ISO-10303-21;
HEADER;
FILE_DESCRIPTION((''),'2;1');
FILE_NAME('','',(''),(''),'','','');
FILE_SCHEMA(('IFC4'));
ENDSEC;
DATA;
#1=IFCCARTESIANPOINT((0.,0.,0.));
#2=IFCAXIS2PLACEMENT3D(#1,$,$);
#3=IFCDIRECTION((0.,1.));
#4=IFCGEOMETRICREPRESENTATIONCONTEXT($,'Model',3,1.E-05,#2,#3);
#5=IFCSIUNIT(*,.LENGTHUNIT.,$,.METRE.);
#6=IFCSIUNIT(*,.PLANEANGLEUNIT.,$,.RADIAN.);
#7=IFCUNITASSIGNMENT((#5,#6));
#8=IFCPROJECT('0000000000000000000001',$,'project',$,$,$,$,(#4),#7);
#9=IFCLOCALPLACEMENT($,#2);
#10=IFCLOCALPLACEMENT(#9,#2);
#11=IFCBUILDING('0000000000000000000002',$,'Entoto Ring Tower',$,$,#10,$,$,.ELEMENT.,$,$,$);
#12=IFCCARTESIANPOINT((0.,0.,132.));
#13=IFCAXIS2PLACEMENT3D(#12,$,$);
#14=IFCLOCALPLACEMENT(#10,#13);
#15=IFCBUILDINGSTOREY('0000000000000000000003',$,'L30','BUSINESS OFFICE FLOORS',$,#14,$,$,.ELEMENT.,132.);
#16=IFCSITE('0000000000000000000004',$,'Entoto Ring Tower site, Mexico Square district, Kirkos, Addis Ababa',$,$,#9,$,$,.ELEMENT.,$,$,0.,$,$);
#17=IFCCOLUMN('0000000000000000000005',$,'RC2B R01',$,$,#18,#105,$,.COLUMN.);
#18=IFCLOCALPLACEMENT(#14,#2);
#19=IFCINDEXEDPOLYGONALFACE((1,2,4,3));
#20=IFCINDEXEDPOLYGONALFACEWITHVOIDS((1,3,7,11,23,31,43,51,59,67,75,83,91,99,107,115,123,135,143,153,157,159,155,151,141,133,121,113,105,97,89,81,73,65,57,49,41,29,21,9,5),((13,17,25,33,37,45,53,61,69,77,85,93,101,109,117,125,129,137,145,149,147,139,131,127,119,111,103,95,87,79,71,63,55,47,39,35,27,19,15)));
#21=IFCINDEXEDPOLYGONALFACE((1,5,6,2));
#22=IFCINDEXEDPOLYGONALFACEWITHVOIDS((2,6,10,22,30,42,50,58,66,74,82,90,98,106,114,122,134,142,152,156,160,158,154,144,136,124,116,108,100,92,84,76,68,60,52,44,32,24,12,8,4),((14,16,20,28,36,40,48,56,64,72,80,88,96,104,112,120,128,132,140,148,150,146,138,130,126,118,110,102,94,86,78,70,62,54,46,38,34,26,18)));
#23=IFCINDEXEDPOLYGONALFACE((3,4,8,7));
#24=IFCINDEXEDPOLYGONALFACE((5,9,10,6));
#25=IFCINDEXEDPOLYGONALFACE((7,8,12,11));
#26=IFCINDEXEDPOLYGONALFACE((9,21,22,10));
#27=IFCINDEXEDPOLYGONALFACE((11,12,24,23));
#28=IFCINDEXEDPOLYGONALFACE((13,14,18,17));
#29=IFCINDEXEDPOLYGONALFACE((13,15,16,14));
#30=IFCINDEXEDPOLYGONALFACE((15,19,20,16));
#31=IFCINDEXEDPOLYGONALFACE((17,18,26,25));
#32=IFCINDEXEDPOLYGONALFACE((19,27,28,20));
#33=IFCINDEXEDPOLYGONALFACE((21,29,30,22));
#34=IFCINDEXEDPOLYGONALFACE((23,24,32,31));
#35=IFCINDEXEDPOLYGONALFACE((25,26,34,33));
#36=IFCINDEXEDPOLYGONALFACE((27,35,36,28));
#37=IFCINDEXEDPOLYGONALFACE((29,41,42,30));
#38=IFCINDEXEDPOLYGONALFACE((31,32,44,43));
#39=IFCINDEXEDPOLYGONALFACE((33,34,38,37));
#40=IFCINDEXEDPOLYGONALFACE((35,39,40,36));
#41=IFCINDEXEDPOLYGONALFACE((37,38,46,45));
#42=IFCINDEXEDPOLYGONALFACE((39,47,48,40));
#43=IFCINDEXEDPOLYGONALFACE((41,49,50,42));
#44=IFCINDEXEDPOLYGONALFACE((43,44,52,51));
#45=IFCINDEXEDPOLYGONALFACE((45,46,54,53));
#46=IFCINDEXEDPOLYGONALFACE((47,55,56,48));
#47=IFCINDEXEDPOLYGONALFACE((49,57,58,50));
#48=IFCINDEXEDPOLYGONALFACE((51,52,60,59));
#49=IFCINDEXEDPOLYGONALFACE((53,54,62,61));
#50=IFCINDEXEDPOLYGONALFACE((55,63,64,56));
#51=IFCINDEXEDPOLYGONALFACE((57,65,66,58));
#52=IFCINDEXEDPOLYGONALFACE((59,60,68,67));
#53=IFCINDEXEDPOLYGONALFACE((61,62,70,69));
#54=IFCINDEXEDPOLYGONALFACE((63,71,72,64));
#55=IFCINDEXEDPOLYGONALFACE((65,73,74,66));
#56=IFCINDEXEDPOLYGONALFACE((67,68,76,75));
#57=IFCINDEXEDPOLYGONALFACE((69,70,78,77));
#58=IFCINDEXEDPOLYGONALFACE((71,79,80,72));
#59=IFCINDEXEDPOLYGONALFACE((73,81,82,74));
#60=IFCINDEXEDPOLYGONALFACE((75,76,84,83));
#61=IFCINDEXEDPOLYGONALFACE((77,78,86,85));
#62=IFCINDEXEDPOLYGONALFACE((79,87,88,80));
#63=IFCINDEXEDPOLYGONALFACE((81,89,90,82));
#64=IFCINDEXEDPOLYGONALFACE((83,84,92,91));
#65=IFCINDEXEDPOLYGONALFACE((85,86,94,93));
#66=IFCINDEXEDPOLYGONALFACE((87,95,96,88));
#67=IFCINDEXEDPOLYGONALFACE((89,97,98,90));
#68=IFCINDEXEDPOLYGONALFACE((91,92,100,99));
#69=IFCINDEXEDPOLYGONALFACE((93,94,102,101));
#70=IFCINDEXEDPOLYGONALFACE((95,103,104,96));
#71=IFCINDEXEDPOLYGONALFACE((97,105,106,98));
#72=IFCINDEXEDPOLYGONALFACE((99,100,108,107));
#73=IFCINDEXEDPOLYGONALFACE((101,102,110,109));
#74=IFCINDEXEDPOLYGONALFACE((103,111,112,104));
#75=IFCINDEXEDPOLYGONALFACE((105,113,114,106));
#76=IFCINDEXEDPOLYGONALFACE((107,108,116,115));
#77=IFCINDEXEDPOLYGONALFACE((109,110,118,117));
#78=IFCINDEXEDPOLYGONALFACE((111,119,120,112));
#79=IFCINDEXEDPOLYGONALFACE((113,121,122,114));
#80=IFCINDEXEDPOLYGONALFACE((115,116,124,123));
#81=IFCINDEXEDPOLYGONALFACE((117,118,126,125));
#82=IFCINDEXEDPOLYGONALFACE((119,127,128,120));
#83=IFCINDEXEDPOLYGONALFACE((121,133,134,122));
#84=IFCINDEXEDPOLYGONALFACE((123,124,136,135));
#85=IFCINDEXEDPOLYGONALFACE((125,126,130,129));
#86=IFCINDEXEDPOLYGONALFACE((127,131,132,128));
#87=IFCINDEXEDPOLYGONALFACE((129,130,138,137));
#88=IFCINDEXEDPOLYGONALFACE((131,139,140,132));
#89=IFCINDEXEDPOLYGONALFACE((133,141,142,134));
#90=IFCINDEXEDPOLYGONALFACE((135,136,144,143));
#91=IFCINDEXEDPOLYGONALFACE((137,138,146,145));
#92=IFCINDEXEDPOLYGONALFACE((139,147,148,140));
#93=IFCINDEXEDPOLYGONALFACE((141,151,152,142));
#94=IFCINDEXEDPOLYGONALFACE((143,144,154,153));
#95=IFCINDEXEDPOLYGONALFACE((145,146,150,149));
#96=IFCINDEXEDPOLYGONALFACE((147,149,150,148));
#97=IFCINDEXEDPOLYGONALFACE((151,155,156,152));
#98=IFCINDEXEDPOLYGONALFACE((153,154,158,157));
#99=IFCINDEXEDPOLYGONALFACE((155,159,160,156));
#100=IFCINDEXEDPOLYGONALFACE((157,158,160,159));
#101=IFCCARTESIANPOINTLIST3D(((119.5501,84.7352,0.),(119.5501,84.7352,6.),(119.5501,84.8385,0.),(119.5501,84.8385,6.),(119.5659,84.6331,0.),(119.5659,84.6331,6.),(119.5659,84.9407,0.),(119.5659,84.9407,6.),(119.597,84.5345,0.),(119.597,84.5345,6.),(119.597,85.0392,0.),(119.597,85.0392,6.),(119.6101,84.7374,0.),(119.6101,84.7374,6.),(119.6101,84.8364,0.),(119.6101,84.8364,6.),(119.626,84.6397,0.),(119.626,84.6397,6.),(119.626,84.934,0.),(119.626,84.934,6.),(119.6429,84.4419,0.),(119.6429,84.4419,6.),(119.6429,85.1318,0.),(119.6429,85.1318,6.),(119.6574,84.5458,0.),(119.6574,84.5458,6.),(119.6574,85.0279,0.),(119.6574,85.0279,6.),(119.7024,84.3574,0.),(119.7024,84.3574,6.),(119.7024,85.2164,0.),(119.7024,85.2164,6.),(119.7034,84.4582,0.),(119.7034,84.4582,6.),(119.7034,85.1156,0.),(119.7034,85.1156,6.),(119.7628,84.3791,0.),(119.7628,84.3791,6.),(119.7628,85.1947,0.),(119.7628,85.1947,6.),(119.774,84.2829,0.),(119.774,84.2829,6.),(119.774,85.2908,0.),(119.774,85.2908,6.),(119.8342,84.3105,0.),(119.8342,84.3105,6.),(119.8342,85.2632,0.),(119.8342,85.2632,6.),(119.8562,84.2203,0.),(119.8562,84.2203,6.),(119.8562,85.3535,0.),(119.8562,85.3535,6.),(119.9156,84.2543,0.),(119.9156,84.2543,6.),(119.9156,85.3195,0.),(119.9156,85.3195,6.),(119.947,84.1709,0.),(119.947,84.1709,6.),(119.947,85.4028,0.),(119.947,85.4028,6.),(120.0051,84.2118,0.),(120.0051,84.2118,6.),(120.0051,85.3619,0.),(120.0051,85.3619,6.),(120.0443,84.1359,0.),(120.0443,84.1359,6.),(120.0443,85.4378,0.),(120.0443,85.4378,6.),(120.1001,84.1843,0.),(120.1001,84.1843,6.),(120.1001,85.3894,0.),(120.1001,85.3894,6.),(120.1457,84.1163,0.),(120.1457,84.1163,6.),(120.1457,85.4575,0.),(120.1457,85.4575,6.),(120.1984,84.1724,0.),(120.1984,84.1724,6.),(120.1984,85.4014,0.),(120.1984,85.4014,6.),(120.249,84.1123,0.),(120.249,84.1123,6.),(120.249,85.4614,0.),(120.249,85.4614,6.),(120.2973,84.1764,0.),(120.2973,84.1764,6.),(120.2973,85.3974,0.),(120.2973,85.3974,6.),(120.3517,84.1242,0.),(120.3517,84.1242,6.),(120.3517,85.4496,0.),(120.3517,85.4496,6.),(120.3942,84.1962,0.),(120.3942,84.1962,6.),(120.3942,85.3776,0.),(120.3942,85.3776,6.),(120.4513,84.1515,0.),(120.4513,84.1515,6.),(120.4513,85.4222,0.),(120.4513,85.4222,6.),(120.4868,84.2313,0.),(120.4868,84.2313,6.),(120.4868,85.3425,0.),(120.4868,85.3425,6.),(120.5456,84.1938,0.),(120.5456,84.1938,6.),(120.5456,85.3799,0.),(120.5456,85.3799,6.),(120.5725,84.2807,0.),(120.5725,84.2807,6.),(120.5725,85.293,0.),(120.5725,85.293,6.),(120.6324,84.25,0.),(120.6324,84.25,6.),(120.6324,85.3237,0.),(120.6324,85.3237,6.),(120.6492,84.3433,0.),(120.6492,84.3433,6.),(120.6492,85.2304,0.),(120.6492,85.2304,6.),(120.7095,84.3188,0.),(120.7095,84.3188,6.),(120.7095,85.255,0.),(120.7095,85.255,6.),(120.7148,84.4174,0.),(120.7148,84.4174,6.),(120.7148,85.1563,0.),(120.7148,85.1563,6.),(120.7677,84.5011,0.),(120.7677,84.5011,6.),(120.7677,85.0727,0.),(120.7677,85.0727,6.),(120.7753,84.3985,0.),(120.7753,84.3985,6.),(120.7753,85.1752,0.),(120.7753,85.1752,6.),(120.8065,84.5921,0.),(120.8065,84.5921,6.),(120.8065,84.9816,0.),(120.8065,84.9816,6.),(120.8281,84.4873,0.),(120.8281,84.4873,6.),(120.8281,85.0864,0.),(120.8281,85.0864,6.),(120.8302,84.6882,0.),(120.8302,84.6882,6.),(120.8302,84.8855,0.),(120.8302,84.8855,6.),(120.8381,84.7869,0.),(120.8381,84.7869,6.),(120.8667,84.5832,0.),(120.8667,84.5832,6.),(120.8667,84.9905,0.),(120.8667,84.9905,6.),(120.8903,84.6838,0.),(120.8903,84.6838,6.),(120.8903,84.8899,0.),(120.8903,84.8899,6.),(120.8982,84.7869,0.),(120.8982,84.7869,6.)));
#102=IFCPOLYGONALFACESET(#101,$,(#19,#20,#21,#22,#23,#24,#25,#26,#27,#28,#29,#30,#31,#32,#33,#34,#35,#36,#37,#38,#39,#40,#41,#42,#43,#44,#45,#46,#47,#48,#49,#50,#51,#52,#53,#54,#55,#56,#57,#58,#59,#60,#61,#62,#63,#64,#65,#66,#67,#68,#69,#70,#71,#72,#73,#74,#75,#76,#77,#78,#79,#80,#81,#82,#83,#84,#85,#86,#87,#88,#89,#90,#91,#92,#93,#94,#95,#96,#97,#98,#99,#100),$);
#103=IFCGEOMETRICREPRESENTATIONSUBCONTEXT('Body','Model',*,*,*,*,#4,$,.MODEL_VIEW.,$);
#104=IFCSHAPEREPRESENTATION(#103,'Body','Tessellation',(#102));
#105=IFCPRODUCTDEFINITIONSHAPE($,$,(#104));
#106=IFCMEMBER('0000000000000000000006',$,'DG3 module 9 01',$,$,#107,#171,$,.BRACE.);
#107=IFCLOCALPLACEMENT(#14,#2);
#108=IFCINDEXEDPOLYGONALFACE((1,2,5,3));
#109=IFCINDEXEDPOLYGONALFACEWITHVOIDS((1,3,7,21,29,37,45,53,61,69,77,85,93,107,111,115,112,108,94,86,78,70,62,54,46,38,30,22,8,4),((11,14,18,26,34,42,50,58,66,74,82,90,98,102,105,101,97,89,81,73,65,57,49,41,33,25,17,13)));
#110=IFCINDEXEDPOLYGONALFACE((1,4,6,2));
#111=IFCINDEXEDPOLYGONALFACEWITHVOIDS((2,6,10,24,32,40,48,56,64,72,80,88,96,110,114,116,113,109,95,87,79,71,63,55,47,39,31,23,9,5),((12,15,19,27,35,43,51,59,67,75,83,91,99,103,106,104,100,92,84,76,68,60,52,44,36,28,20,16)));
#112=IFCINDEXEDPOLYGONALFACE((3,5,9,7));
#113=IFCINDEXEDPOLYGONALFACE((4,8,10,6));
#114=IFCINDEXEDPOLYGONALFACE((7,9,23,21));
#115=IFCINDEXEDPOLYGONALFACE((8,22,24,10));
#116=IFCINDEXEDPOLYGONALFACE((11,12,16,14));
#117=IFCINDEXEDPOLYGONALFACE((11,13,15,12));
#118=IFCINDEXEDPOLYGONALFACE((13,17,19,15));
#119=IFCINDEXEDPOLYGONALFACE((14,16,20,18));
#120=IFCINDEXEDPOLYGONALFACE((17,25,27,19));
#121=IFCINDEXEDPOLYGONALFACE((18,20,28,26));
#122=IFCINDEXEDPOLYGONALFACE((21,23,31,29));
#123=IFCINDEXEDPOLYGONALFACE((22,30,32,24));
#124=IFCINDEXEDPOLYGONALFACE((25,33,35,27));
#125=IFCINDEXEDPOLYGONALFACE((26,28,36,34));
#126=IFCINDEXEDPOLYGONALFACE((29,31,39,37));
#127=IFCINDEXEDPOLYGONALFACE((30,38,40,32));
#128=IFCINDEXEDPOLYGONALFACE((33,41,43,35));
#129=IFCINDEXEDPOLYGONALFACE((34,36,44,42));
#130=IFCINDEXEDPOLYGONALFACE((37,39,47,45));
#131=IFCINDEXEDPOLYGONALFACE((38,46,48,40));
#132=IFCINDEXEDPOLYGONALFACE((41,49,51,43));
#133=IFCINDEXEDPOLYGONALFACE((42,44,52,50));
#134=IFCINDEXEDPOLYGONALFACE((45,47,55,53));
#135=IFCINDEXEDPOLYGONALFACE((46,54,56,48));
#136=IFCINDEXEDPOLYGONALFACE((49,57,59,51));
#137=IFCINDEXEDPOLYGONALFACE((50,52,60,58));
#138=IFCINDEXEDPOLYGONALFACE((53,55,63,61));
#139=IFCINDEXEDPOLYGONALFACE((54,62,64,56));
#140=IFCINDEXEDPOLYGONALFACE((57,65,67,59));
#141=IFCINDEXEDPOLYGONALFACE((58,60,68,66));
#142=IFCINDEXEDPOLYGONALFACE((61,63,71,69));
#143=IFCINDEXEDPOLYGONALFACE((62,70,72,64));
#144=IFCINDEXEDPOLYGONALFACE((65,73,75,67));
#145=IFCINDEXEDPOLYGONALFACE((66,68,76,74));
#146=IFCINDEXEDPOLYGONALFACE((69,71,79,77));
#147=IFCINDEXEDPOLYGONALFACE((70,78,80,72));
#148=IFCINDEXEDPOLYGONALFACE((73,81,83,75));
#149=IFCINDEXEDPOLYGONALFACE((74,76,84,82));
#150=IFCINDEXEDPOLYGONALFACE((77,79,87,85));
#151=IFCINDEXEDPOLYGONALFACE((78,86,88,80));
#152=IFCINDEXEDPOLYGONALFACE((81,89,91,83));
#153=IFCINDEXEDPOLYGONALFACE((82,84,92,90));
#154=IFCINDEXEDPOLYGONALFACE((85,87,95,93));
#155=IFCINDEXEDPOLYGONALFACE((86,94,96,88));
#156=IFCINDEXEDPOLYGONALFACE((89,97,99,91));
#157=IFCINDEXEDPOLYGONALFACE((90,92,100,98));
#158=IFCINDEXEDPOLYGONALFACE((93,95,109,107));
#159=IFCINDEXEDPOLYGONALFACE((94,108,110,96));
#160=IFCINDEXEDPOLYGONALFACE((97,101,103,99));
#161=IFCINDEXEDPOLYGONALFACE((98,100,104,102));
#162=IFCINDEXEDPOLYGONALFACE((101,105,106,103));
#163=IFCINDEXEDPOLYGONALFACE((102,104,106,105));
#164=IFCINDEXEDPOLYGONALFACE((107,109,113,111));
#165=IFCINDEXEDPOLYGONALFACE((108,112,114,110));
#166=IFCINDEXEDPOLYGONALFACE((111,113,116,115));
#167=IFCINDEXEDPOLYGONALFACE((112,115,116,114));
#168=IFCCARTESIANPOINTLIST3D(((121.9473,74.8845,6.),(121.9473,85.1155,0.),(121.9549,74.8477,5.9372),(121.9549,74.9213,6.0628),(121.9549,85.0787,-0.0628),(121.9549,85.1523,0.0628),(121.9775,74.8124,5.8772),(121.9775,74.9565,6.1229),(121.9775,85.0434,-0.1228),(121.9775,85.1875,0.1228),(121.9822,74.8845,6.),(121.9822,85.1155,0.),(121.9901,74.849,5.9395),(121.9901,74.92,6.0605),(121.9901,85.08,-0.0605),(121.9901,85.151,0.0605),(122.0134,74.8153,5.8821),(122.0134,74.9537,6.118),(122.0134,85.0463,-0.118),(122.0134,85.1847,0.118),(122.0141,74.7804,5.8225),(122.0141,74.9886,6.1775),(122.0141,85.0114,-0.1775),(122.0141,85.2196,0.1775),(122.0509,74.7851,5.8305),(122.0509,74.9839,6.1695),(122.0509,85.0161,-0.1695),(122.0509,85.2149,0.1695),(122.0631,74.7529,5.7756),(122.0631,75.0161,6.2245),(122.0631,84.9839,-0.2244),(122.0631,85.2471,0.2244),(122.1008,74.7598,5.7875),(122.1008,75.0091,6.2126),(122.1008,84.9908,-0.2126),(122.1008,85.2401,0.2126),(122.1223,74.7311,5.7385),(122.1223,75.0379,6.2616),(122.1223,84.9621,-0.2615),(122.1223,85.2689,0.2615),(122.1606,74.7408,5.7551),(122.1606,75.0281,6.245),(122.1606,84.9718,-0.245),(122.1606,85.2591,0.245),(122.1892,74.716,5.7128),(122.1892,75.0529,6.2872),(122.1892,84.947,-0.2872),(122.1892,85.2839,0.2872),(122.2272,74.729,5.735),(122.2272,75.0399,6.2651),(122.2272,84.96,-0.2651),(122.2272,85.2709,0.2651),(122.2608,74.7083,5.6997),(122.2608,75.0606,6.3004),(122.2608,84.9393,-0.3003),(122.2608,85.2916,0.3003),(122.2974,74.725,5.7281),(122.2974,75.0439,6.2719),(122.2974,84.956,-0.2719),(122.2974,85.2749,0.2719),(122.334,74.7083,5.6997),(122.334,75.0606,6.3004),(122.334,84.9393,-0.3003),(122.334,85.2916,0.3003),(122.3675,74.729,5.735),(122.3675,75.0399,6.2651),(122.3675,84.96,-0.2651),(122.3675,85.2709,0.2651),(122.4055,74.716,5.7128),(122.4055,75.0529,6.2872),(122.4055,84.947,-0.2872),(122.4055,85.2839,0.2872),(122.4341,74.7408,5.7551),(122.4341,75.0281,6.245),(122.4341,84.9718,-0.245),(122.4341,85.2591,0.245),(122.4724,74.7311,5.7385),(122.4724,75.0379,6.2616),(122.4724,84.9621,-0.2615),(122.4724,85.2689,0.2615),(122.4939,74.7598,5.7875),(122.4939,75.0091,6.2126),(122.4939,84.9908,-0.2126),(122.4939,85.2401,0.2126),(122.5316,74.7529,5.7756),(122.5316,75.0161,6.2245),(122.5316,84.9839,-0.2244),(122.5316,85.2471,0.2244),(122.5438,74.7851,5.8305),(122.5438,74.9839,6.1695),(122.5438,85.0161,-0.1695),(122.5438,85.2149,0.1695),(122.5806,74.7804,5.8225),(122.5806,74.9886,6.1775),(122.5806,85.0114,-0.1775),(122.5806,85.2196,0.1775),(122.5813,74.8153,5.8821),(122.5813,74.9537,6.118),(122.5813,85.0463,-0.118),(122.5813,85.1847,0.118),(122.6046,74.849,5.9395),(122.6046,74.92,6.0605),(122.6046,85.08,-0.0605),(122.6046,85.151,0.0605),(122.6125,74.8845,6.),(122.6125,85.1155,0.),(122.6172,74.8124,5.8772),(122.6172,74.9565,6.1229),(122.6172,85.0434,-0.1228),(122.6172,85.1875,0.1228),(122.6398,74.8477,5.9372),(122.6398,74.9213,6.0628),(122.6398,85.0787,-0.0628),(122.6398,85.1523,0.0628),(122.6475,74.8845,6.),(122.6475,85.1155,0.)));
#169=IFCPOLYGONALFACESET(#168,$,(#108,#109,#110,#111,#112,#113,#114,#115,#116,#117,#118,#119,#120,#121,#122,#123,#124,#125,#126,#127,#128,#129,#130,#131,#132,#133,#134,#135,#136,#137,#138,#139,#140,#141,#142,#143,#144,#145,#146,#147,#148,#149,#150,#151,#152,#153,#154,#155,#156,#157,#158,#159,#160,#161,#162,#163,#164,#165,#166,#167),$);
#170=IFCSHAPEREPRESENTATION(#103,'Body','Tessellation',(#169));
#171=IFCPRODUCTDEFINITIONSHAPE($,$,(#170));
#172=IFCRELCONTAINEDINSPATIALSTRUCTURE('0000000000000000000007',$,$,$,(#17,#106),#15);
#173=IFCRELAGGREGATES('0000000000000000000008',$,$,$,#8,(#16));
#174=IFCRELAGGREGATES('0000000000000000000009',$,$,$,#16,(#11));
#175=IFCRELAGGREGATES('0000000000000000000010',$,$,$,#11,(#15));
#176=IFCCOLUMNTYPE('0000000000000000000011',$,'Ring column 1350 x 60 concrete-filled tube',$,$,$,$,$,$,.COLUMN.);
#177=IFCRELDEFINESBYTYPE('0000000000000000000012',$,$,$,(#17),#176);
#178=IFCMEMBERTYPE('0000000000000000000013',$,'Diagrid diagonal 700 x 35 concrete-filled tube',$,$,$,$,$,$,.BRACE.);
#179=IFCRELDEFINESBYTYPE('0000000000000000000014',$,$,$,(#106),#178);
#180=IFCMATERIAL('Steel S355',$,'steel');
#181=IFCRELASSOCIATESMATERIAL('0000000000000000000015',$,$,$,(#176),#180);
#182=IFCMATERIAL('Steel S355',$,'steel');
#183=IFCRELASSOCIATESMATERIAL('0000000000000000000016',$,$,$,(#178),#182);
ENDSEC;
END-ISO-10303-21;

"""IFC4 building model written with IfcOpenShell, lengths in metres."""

from ifc_helpers import new_model, si_unit, direction, frame, origin, origin_2d, place, context, subcontext, project, spatial, circle, hollow_circle, extrude, material, material_profile, profile_set, type_object, element, save


model = new_model("IFC4")

# Units and contexts
model_context = context("Model", 3, precision=1e-05, world=origin(), true_north=direction((0.0, 1.0)))
body_context = subcontext(model_context, "Body", "Model", "MODEL_VIEW")
ifc_project = project(units=[si_unit("LENGTHUNIT", "METRE"), si_unit("PLANEANGLEUNIT", "RADIAN")], contexts=[model_context])

# Site, building, storey
site_placement = place(None, origin())
site = spatial("IfcSite", under=ifc_project, at=site_placement, Name="Entoto Ring Tower site, Mexico Square district, Kirkos, Addis Ababa", CompositionType="ELEMENT", RefElevation=0.0)
building_placement = place(site_placement, origin())
building = spatial("IfcBuilding", under=site, at=building_placement, Name="Entoto Ring Tower", CompositionType="ELEMENT")
storey_placement = place(building_placement, frame((0.0, 0.0, 132.0)))
storey = spatial("IfcBuildingStorey", under=building, at=storey_placement, Name="L30", Description="BUSINESS OFFICE FLOORS", CompositionType="ELEMENT", Elevation=132.0)

# Column
ifc_material_1 = material(Name="Steel S355", Category="steel")
ifc_material_profile_1 = material_profile(ifc_material_1, hollow_circle(Radius=0.675, WallThickness=0.0601, at=origin_2d()), Name="CHS 1350 x 60")
ifc_material_2 = material(Name="Concrete C60/75", Category="concrete")
ifc_material_profile_2 = material_profile(ifc_material_2, circle(Radius=0.615, at=origin_2d()), Name="Concrete C60/75 infill")
ifc_profile_set_1 = profile_set([ifc_material_profile_1, ifc_material_profile_2], Name="Steel S355")
column_type = type_object("IfcColumnType", Name="Ring column 1350 x 60 concrete-filled tube", PredefinedType="COLUMN", material=ifc_profile_set_1)
column_placement = place(storey_placement, frame((120.2231, 84.7869, 0.0), z_axis=(0.0, 0.0, 1.0), x_axis=(1.0, 0.0, 0.0)))
element("IfcColumn", 1, at=column_placement, inside=storey, type_object=column_type, Name="RC2B R01", PredefinedType="COLUMN", context=body_context, shape_type="SweptSolid", body=[
    extrude(hollow_circle(Radius=0.675, WallThickness=0.0601, at=origin_2d()), origin(), (0.0, 0.0, 1.0), 6.0),
])

# Member
ifc_material_3 = material(Name="Steel S355", Category="steel")
ifc_material_profile_3 = material_profile(ifc_material_3, hollow_circle(Radius=0.3501, WallThickness=0.0349, at=origin_2d()), Name="CHS 700 x 35")
ifc_material_4 = material(Name="Concrete C60/75", Category="concrete")
ifc_material_profile_4 = material_profile(ifc_material_4, circle(Radius=0.3149, at=origin_2d()), Name="Concrete C60/75 infill")
ifc_profile_set_2 = profile_set([ifc_material_profile_3, ifc_material_profile_4], Name="Steel S355")
member_type_1 = type_object("IfcMemberType", Name="Diagrid diagonal 700 x 35 concrete-filled tube", PredefinedType="BRACE", material=ifc_profile_set_2)
member_1_placement = place(storey_placement, frame((122.2974, 85.1155, 0.0), z_axis=(0.0, -0.862604, 0.505879), x_axis=(1.0, 0.0, 0.0)))
element("IfcMember", 2, at=member_1_placement, inside=storey, type_object=member_type_1, Name="DG3 module 9 01", PredefinedType="BRACE", context=body_context, shape_type="SweptSolid", body=[
    extrude(hollow_circle(Radius=0.3501, WallThickness=0.0349, at=origin_2d()), origin(), (0.0, 0.0, 1.0), 11.8606),
])

save(model, "model.ifc")
